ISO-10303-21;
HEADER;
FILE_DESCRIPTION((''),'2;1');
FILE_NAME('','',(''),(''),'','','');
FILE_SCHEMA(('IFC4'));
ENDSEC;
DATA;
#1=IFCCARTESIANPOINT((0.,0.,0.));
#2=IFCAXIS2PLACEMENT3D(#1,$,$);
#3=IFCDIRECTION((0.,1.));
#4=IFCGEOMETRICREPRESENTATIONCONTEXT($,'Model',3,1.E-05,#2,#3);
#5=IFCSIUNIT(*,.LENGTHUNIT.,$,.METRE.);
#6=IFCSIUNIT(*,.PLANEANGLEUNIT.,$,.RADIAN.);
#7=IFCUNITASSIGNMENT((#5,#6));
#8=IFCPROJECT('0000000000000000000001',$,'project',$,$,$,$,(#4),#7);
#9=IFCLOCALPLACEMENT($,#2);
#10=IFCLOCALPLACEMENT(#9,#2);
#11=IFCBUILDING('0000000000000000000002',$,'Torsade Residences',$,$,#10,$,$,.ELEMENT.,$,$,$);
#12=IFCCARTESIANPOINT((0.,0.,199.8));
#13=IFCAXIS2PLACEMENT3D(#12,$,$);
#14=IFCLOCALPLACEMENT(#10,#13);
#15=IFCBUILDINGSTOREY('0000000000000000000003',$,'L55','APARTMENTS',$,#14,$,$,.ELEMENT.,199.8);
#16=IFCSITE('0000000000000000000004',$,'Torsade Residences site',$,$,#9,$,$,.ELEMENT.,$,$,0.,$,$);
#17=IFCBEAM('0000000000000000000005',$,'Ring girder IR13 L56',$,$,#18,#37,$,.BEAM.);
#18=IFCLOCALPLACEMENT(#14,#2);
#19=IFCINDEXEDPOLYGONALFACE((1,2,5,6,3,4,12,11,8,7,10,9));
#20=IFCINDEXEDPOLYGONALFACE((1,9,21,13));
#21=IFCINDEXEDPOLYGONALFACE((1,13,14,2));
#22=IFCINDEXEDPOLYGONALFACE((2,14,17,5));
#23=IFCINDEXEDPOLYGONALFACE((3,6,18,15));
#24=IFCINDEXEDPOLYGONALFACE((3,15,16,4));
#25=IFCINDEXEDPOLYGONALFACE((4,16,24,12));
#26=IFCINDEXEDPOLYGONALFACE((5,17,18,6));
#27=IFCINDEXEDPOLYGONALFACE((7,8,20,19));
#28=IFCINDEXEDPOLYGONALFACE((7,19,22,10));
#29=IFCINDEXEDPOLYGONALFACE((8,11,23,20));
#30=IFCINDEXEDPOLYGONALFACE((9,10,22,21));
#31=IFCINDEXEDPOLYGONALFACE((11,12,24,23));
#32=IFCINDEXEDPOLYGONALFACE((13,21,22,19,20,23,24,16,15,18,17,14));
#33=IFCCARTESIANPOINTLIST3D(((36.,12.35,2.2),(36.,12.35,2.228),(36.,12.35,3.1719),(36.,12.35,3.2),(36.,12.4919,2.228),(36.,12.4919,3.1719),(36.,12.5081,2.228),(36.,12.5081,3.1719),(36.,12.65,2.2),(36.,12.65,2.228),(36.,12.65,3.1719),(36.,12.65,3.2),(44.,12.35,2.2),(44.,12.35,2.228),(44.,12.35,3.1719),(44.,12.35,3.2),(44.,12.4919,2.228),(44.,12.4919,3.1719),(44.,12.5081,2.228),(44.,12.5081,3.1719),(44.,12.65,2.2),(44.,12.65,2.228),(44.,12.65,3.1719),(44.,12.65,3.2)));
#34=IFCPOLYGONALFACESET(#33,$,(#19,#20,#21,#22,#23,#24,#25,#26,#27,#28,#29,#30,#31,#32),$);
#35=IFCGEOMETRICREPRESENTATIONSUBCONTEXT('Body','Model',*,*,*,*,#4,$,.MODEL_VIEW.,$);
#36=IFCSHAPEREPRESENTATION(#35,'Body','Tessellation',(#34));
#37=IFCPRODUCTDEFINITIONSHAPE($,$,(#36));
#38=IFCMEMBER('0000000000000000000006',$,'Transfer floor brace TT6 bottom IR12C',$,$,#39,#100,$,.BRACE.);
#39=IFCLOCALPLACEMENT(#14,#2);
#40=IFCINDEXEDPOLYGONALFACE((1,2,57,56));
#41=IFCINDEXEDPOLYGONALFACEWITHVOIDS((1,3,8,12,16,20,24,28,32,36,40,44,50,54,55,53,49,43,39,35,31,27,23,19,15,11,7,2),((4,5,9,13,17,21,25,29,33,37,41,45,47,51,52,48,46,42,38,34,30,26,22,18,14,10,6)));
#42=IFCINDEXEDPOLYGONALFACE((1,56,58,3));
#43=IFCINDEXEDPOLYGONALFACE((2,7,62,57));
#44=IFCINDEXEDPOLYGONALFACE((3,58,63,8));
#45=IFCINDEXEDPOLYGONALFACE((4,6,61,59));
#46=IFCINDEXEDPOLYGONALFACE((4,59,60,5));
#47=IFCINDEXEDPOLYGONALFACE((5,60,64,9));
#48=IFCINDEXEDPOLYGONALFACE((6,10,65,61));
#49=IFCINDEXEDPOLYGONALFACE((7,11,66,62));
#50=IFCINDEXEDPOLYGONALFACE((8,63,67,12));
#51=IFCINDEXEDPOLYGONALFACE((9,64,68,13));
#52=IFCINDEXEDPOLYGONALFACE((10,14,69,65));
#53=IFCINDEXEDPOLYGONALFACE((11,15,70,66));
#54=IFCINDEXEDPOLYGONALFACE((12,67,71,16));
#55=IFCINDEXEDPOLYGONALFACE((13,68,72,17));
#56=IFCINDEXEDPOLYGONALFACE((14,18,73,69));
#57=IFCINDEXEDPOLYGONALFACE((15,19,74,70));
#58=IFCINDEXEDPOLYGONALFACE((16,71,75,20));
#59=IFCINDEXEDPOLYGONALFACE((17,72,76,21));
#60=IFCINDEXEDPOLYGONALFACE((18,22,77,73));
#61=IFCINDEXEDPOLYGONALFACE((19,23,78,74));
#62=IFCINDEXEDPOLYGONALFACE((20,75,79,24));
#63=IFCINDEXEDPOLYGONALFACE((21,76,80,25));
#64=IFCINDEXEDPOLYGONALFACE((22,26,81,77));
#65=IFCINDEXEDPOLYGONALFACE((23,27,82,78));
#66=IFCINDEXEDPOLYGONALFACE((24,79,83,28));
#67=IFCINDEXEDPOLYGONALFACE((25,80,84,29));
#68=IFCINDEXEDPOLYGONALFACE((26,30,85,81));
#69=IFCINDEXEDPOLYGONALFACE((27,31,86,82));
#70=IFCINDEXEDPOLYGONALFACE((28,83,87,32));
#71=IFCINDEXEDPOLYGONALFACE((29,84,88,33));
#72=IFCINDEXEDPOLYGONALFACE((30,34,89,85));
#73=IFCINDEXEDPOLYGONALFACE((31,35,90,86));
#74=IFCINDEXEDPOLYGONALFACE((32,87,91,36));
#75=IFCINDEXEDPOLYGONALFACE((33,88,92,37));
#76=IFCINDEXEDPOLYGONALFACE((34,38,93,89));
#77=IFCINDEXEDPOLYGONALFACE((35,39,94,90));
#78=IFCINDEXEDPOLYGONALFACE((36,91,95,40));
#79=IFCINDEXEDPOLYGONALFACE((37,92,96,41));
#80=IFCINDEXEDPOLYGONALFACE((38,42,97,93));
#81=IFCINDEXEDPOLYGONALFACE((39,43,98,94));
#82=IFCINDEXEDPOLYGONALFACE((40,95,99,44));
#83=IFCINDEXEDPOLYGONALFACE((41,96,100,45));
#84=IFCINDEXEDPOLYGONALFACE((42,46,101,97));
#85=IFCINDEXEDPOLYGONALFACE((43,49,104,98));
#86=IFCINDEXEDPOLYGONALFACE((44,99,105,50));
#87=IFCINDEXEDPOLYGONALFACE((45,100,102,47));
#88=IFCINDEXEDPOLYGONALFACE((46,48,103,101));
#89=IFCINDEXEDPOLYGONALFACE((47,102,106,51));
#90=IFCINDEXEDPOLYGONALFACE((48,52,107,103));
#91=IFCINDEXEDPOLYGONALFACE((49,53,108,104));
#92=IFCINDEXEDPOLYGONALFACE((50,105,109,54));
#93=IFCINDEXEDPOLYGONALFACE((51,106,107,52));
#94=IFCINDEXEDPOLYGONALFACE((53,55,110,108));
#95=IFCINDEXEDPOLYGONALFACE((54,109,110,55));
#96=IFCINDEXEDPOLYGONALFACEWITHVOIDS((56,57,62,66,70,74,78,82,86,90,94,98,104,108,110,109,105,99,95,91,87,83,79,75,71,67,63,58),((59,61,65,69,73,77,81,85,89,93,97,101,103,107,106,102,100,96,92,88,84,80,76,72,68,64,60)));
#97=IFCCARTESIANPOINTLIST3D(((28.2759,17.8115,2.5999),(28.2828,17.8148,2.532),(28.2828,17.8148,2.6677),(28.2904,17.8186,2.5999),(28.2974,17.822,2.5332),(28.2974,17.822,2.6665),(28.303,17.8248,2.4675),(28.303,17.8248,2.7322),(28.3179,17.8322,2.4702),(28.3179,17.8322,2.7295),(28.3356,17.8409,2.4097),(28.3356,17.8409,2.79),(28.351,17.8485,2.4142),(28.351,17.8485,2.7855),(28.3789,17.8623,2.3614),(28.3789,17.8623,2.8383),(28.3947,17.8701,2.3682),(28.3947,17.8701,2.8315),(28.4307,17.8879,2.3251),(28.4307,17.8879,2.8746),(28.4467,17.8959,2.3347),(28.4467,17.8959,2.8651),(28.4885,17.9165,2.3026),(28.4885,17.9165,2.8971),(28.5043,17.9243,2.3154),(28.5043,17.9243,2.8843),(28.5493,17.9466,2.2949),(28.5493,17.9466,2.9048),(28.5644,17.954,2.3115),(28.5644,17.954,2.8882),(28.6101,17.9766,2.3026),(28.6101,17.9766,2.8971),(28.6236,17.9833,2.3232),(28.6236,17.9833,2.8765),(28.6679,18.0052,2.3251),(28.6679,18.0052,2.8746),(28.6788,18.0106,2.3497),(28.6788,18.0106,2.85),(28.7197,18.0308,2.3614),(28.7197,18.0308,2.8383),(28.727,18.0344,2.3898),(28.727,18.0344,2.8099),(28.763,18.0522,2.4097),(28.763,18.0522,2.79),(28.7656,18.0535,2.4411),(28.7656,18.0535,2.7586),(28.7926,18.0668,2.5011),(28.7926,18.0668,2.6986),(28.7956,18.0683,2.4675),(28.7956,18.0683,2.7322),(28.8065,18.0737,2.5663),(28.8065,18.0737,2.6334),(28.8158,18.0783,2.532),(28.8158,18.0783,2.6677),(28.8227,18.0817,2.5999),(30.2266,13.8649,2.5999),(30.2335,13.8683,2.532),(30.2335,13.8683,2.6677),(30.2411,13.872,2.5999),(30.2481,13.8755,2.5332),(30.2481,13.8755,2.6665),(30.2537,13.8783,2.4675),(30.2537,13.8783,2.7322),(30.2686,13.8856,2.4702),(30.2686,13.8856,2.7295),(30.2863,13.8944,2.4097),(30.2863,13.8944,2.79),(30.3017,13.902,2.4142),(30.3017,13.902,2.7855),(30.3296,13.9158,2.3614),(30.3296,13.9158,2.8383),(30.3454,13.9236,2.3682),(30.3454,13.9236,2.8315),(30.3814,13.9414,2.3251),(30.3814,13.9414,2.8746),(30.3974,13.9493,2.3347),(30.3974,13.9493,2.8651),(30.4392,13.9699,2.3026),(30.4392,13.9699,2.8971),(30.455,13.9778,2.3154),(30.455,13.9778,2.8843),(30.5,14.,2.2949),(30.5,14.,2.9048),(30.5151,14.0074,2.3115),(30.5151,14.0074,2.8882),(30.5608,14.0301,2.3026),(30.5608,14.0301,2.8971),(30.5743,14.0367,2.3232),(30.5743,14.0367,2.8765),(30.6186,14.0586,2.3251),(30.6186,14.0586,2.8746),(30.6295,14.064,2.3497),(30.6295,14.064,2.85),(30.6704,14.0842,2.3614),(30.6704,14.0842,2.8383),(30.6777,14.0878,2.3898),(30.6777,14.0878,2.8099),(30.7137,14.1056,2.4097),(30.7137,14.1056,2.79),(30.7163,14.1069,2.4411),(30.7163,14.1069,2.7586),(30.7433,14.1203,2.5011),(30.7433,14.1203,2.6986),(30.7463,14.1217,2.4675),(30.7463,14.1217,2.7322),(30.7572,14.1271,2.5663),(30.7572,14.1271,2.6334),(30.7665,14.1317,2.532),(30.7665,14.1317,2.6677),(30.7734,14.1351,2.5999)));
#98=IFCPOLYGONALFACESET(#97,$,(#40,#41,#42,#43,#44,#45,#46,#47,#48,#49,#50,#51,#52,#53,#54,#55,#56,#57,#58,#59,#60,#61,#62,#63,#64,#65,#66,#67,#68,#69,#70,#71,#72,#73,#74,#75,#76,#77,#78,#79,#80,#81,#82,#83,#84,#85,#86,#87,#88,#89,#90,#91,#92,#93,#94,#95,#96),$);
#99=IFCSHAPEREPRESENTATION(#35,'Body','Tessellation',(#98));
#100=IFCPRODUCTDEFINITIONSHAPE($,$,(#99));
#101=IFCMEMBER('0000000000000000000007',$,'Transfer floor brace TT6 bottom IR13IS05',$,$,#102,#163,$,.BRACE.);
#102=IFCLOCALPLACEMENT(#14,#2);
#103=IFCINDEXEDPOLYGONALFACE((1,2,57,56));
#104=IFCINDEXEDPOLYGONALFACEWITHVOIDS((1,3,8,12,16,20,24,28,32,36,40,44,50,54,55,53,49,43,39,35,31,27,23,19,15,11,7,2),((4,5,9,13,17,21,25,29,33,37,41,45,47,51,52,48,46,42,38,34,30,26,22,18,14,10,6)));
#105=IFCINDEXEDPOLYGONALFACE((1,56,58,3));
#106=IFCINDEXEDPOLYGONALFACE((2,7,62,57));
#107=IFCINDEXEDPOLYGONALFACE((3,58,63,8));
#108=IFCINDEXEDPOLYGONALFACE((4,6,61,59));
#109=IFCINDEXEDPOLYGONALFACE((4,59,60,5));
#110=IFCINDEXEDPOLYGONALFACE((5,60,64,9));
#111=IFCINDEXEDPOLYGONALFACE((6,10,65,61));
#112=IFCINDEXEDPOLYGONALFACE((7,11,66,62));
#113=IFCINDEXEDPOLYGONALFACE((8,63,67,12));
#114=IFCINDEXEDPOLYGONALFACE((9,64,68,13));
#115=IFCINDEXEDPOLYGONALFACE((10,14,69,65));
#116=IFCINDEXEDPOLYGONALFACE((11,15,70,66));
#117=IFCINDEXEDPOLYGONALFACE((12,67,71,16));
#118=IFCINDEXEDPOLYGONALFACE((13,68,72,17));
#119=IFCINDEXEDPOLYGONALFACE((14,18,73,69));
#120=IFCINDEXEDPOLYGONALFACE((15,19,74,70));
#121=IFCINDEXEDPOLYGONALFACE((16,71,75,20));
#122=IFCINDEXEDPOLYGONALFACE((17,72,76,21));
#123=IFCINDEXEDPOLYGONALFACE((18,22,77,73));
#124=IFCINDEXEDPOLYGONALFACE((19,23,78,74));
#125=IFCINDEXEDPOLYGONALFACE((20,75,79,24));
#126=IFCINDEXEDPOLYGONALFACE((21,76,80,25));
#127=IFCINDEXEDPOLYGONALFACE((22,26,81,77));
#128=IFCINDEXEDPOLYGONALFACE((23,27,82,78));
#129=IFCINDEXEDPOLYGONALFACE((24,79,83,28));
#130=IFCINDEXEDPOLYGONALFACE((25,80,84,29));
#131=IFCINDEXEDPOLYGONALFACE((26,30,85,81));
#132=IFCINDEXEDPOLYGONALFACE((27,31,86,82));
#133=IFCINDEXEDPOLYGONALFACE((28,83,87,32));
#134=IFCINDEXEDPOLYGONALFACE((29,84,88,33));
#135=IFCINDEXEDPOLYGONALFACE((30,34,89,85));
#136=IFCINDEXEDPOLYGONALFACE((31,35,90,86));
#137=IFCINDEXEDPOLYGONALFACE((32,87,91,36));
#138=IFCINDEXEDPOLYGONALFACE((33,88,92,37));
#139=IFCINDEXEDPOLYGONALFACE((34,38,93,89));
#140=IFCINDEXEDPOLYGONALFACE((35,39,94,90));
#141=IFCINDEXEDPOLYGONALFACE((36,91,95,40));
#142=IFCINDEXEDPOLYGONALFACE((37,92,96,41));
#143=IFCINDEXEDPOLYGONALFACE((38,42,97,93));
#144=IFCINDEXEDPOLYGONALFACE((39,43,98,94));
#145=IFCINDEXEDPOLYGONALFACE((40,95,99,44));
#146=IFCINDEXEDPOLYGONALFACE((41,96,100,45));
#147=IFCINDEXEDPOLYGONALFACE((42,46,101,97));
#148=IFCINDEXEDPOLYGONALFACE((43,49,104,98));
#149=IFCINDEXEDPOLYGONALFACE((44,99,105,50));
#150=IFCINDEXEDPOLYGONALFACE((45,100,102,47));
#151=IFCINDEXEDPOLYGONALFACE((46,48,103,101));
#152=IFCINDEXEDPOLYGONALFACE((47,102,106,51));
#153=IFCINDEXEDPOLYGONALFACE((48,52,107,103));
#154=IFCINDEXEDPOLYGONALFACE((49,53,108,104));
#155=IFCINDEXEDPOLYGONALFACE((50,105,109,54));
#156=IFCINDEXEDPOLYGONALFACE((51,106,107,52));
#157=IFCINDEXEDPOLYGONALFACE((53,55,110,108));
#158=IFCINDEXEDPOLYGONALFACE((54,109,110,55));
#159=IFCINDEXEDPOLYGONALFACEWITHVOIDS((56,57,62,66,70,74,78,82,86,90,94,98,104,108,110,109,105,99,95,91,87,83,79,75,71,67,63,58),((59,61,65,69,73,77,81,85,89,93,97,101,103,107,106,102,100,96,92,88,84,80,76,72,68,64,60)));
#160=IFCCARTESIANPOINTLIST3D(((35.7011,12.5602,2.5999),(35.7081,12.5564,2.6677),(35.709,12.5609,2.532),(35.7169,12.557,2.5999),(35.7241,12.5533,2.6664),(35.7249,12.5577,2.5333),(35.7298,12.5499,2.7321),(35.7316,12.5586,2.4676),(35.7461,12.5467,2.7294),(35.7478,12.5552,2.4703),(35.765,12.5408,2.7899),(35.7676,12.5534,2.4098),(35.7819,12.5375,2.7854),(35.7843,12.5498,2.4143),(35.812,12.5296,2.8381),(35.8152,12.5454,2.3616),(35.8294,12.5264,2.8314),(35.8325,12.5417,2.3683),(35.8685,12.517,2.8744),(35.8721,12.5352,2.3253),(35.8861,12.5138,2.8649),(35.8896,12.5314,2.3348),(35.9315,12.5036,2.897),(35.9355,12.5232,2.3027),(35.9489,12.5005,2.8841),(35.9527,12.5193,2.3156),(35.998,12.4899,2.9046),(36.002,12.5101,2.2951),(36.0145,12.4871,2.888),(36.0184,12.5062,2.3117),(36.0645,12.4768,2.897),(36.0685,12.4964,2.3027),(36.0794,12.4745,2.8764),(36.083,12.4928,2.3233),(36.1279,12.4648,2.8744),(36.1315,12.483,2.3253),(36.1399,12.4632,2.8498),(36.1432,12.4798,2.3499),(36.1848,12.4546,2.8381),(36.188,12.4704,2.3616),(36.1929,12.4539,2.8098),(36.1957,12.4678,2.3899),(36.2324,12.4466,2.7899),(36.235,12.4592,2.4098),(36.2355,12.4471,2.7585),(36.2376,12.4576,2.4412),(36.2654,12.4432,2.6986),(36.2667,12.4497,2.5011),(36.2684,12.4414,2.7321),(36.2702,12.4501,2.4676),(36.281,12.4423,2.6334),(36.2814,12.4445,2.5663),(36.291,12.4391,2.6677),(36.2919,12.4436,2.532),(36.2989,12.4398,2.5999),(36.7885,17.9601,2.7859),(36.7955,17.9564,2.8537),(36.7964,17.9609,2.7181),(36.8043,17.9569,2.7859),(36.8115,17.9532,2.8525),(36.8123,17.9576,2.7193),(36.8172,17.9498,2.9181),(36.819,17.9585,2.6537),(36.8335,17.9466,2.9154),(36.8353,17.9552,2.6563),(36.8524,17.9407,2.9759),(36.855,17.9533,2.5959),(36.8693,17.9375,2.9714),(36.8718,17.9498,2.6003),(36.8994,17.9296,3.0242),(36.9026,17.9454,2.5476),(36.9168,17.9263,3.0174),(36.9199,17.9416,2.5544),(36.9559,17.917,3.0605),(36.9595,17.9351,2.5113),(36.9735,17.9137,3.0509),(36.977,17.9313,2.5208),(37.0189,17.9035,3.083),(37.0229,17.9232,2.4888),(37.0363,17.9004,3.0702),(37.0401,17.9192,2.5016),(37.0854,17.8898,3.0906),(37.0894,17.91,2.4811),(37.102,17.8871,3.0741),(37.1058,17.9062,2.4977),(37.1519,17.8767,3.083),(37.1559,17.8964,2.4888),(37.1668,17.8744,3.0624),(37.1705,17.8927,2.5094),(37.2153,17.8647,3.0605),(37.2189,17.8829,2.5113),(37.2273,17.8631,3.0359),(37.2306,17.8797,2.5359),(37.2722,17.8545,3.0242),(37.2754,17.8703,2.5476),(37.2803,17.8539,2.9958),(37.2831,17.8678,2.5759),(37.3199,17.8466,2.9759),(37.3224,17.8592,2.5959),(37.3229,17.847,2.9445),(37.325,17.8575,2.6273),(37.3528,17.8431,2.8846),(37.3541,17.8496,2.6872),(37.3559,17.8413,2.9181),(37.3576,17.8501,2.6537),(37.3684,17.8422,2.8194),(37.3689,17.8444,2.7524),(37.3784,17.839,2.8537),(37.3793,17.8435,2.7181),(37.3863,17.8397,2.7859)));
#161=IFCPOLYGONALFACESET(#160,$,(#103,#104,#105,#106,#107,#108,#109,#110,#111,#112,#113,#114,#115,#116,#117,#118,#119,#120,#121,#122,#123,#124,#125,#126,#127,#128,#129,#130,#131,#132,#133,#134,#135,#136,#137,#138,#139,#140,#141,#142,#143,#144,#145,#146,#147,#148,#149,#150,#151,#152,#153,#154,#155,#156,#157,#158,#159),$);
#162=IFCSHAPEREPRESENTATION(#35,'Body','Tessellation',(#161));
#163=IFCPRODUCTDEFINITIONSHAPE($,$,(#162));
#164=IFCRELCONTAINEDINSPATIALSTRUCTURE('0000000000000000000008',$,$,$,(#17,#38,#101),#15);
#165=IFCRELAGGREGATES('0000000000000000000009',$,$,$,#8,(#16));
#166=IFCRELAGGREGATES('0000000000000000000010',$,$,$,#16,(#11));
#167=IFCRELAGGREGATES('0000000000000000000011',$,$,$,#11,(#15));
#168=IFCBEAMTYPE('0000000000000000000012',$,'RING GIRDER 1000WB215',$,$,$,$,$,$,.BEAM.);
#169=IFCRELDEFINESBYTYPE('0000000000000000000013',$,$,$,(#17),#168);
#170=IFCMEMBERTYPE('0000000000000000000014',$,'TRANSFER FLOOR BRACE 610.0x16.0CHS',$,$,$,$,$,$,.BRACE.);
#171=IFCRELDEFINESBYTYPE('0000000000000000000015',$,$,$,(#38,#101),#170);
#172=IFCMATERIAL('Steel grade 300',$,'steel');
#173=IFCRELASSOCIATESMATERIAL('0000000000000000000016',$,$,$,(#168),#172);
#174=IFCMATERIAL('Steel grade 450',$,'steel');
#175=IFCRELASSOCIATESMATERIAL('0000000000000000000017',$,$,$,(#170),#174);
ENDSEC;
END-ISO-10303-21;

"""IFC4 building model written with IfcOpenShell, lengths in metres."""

from ifc_helpers import new_model, si_unit, direction, frame, origin, origin_2d, place, context, subcontext, project, spatial, hollow_circle, i_section, extrude, material, material_profile, profile_set, type_object, element, save


model = new_model("IFC4")

# Units and contexts
model_context = context("Model", 3, precision=1e-05, world=origin(), true_north=direction((0.0, 1.0)))
body_context = subcontext(model_context, "Body", "Model", "MODEL_VIEW")
ifc_project = project(units=[si_unit("LENGTHUNIT", "METRE"), si_unit("PLANEANGLEUNIT", "RADIAN")], contexts=[model_context])

# Site, building, storey
site_placement = place(None, origin())
site = spatial("IfcSite", under=ifc_project, at=site_placement, Name="Torsade Residences site", CompositionType="ELEMENT", RefElevation=0.0)
building_placement = place(site_placement, origin())
building = spatial("IfcBuilding", under=site, at=building_placement, Name="Torsade Residences", CompositionType="ELEMENT")
storey_placement = place(building_placement, frame((0.0, 0.0, 199.8)))
storey = spatial("IfcBuildingStorey", under=building, at=storey_placement, Name="L55", Description="APARTMENTS", CompositionType="ELEMENT", Elevation=199.8)

# Beam
ifc_material_1 = material(Name="Steel grade 300", Category="steel")
ifc_material_profile_1 = material_profile(ifc_material_1, i_section(OverallWidth=0.3, OverallDepth=1.0, WebThickness=0.0161, FlangeThickness=0.0281, at=origin_2d()), Name="1000WB215")
ifc_profile_set_1 = profile_set([ifc_material_profile_1], Name="Steel grade 300")
beam_type_1 = type_object("IfcBeamType", Name="RING GIRDER 1000WB215", PredefinedType="BEAM", material=ifc_profile_set_1)
beam_1_placement = place(storey_placement, frame((36.0, 12.5, 2.7), z_axis=(1.0, 0.0, 0.0), x_axis=(0.0, 1.0, 0.0)))
element("IfcBeam", 1, at=beam_1_placement, inside=storey, type_object=beam_type_1, Name="Ring girder IR13 L56", PredefinedType="BEAM", context=body_context, shape_type="SweptSolid", body=[
    extrude(i_section(OverallWidth=0.3, OverallDepth=1.0, WebThickness=0.0161, FlangeThickness=0.0281, at=origin_2d()), origin(), (0.0, 0.0, 1.0), 8.0),
])

# Members
ifc_material_2 = material(Name="Steel grade 450", Category="steel")
ifc_material_profile_2 = material_profile(ifc_material_2, hollow_circle(Radius=0.3049, WallThickness=0.0161, at=origin_2d()), Name="610.0x16.0CHS")
ifc_profile_set_2 = profile_set([ifc_material_profile_2], Name="Steel grade 450")
member_type = type_object("IfcMemberType", Name="TRANSFER FLOOR BRACE 610.0x16.0CHS", PredefinedType="BRACE", material=ifc_profile_set_2)
member_1_placement = place(storey_placement, frame((30.5, 14.0, 2.5999), z_axis=(-0.443105, 0.89647, 0.0), x_axis=(-0.89647, -0.443105, 0.0)))
element("IfcMember", 2, at=member_1_placement, inside=storey, type_object=member_type, Name="Transfer floor brace TT6 bottom IR12C", PredefinedType="BRACE", context=body_context, shape_type="SweptSolid", body=[
    extrude(hollow_circle(Radius=0.3049, WallThickness=0.0161, at=origin_2d()), origin(), (0.0, 0.0, 1.0), 4.4023),
])
member_2_placement = place(storey_placement, frame((36.0, 12.5, 2.5999), z_axis=(0.197299, 0.979762, 0.033754), x_axis=(-0.980321, 0.197412, 0.0)))
element("IfcMember", 3, at=member_2_placement, inside=storey, type_object=member_type, Name="Transfer floor brace TT6 bottom IR13IS05", PredefinedType="BRACE", context=body_context, shape_type="SweptSolid", body=[
    extrude(hollow_circle(Radius=0.3049, WallThickness=0.0161, at=origin_2d()), origin(), (0.0, 0.0, 1.0), 5.5115),
])

save(model, "model.ifc")
